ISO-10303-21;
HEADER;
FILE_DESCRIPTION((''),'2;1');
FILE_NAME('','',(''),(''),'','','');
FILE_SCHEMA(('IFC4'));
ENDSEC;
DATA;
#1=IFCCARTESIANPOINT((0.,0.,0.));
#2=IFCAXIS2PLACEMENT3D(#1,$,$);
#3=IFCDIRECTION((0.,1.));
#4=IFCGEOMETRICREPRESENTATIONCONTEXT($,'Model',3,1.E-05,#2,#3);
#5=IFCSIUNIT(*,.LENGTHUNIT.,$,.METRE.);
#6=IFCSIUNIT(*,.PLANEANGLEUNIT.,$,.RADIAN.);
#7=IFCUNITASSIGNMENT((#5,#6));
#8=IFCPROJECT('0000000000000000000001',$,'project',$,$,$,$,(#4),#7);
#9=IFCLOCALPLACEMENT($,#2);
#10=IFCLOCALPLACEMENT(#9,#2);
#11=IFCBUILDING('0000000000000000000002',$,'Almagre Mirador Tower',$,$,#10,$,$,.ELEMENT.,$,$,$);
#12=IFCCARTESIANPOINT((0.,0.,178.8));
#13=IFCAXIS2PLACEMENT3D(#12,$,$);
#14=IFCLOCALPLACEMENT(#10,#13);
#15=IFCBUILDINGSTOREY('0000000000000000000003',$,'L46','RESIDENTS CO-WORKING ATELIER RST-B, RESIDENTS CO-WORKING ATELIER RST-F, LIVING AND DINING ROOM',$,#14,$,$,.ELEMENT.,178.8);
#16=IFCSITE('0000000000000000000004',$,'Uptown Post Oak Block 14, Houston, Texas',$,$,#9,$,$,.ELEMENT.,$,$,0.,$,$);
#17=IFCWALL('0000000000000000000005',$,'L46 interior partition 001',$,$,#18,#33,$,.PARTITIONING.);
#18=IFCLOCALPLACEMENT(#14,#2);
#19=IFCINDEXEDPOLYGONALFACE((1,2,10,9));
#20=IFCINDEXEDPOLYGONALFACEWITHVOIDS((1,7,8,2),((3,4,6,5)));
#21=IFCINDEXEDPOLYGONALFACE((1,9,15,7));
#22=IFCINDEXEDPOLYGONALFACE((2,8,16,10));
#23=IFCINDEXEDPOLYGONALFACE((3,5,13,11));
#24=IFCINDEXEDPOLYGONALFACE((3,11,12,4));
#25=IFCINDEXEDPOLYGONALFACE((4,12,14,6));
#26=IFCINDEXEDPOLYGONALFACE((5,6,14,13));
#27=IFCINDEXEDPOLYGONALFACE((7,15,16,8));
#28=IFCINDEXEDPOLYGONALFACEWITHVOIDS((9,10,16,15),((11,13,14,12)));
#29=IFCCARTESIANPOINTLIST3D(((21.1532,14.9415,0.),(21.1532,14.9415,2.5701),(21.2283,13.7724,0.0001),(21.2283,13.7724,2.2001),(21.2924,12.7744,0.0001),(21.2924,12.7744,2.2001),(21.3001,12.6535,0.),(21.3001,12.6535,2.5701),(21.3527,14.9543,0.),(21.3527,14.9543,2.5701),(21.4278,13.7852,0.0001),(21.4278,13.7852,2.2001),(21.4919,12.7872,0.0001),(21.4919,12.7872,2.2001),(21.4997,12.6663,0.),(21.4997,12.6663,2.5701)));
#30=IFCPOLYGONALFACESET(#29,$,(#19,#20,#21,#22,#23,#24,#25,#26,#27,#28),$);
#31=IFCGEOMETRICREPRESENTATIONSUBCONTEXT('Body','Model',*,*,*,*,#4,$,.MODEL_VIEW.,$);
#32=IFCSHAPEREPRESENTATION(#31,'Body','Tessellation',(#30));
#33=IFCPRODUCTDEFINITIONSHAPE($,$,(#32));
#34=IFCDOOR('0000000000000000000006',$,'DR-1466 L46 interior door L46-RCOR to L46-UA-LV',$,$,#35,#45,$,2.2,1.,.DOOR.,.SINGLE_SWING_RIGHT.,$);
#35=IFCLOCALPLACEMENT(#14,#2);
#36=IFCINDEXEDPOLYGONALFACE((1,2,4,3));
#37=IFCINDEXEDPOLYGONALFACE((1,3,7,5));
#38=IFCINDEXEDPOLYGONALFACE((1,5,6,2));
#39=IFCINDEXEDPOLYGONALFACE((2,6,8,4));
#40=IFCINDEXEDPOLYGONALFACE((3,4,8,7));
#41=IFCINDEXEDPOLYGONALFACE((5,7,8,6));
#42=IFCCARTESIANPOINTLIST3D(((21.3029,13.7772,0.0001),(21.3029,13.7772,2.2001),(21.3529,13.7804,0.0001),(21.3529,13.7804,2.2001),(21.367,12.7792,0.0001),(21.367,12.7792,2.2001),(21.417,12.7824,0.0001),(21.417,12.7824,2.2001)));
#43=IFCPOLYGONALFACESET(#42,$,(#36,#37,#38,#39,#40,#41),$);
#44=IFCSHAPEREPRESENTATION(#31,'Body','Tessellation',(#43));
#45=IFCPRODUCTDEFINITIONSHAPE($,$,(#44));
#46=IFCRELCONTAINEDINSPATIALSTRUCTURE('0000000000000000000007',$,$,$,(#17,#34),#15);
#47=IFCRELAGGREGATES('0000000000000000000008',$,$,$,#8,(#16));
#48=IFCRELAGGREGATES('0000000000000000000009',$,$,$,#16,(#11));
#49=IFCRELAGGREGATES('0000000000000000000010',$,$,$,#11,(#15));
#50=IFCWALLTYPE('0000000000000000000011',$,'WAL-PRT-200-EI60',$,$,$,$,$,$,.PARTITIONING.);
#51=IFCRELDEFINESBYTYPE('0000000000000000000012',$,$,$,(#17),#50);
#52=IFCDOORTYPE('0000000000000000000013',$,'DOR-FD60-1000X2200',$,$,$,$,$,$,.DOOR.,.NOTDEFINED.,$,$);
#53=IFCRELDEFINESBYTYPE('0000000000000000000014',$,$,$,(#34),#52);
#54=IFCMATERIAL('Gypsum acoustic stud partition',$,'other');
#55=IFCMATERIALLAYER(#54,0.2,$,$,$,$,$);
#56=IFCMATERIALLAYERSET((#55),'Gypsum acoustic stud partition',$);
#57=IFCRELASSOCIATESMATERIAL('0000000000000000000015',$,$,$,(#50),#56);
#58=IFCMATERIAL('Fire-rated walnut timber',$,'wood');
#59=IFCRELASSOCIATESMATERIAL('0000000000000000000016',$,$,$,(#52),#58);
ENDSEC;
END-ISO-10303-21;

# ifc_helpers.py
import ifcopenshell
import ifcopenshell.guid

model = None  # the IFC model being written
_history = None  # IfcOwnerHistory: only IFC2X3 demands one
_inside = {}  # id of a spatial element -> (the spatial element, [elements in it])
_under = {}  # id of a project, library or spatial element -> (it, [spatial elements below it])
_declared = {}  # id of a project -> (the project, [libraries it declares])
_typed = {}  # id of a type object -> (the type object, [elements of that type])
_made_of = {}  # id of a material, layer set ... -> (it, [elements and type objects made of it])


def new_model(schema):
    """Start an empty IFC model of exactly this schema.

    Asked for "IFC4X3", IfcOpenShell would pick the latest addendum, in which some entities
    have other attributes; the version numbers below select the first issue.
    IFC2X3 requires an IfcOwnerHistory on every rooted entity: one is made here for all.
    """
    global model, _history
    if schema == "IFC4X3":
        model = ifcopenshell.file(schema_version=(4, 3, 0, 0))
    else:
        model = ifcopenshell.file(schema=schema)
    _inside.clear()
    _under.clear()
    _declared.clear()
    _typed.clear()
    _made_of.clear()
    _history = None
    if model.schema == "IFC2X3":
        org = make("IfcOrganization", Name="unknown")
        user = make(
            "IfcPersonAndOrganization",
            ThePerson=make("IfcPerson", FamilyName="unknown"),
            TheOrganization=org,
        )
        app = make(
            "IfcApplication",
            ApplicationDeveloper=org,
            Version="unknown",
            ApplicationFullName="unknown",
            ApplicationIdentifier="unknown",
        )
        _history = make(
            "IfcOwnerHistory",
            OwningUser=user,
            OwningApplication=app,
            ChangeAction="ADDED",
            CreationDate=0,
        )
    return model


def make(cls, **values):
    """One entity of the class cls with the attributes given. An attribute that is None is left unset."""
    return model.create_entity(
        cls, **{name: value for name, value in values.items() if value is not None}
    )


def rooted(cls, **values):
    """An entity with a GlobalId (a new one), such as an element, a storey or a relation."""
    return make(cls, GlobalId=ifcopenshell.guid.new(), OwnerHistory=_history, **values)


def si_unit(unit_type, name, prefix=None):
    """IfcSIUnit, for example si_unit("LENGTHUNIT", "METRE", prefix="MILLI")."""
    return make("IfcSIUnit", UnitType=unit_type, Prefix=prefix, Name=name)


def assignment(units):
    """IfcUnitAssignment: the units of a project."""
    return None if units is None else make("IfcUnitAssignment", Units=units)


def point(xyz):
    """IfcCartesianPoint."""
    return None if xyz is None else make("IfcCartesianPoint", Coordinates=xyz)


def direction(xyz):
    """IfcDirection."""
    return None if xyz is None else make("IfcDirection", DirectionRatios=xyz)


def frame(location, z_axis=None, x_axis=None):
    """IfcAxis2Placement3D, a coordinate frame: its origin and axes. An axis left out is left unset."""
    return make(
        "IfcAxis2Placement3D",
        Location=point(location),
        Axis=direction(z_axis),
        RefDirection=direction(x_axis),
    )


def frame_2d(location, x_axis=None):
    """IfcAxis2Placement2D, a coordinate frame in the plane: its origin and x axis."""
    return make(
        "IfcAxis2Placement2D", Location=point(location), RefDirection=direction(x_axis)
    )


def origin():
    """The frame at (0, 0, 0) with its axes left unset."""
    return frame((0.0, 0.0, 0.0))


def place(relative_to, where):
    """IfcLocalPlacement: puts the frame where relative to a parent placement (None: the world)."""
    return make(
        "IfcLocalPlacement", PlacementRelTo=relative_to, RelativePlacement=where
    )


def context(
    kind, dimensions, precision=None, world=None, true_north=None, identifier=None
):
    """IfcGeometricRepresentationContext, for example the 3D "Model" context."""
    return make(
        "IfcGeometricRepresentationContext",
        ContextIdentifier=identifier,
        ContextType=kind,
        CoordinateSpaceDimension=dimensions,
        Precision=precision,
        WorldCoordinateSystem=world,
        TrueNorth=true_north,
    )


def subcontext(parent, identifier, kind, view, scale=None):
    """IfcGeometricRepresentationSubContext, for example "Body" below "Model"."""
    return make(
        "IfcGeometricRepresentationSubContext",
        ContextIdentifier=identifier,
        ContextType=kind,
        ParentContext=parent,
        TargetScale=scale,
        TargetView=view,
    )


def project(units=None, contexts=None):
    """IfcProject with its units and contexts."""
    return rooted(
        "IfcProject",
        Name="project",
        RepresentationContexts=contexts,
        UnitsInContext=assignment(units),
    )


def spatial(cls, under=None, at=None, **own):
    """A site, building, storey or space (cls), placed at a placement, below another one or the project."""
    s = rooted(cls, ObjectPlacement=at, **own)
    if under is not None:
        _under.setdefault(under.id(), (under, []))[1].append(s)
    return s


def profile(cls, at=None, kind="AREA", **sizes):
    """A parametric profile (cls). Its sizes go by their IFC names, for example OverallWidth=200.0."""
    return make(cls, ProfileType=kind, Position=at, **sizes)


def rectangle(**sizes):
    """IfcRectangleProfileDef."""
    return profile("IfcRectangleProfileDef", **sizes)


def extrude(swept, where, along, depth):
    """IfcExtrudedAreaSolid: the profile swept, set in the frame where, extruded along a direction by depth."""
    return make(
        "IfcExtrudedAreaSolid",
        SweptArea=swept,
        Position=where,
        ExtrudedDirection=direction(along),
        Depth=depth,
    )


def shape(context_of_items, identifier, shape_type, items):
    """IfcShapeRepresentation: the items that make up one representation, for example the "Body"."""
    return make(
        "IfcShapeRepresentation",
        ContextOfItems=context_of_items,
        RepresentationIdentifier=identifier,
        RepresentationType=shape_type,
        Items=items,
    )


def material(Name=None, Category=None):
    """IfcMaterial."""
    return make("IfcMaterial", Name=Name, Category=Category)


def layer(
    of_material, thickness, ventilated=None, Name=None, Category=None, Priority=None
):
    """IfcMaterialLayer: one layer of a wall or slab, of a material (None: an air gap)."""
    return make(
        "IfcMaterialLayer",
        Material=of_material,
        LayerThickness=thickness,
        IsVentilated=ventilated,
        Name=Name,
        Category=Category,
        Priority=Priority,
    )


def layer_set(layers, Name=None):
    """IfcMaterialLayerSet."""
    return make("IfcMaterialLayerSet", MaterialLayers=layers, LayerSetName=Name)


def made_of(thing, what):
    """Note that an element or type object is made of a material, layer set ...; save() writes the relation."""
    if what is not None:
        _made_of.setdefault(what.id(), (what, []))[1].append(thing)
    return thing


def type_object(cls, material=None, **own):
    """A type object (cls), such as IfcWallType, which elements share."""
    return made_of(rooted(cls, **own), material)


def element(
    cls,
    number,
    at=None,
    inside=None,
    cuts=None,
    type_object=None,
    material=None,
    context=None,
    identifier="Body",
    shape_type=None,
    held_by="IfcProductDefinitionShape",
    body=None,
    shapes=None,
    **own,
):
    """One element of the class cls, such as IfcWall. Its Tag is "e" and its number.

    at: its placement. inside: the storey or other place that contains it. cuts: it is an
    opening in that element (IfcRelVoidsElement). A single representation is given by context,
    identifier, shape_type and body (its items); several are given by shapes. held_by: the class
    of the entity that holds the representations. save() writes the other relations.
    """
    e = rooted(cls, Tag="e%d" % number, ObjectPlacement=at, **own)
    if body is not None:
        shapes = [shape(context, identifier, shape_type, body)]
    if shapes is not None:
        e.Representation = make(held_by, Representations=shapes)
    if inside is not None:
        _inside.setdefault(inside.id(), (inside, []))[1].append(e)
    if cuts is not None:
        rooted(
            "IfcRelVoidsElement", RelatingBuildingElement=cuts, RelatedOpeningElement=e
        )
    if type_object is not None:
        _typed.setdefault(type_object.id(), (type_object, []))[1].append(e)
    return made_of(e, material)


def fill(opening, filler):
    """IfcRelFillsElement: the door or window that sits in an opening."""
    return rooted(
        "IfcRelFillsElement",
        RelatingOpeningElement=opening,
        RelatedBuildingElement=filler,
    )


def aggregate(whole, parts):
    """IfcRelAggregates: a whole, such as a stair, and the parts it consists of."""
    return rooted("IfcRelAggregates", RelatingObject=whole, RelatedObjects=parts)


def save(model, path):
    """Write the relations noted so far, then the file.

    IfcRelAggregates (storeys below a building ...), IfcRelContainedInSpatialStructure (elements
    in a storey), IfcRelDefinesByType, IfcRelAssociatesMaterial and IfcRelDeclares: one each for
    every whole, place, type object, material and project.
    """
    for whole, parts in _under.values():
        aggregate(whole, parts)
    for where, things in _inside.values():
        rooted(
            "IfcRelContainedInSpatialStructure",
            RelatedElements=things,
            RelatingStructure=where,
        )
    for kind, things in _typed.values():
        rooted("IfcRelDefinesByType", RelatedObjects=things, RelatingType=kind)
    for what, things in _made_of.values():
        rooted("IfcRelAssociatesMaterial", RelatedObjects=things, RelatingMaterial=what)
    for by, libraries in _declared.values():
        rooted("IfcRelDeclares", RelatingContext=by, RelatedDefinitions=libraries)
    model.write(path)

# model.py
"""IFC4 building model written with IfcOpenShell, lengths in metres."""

from ifc_helpers import new_model, si_unit, direction, frame, frame_2d, origin, place, context, subcontext, project, spatial, rectangle, extrude, material, layer, layer_set, type_object, element, fill, save


model = new_model("IFC4")

# Units and contexts
model_context = context("Model", 3, precision=1e-05, world=origin(), true_north=direction((0.0, 1.0)))
body_context = subcontext(model_context, "Body", "Model", "MODEL_VIEW")
ifc_project = project(units=[si_unit("LENGTHUNIT", "METRE"), si_unit("PLANEANGLEUNIT", "RADIAN")], contexts=[model_context])

# Site, building, storey
site_placement = place(None, origin())
site = spatial("IfcSite", under=ifc_project, at=site_placement, Name="Uptown Post Oak Block 14, Houston, Texas", CompositionType="ELEMENT", RefElevation=0.0)
building_placement = place(site_placement, origin())
building = spatial("IfcBuilding", under=site, at=building_placement, Name="Almagre Mirador Tower", CompositionType="ELEMENT")
storey_placement = place(building_placement, frame((0.0, 0.0, 178.8)))
storey = spatial("IfcBuildingStorey", under=building, at=storey_placement, Name="L46", Description="RESIDENTS CO-WORKING ATELIER RST-B, RESIDENTS CO-WORKING ATELIER RST-F, LIVING AND DINING ROOM", CompositionType="ELEMENT", Elevation=178.8)

# Shared definitions
ifc_material_1 = material(Name="Gypsum acoustic stud partition", Category="other")
ifc_layer_1 = layer(ifc_material_1, 0.2)
ifc_layer_set_1 = layer_set([ifc_layer_1], Name="Gypsum acoustic stud partition")
wall_type_1 = type_object("IfcWallType", Name="WAL-PRT-200-EI60", PredefinedType="PARTITIONING", material=ifc_layer_set_1)

# Wall, opening, door
wall_1_placement = place(storey_placement, frame((21.2529, 14.948, 0.0), z_axis=(0.0, 0.0, 1.0), x_axis=(0.064102, -0.997943, 0.0)))
wall_1 = element("IfcWall", 1, at=wall_1_placement, inside=storey, type_object=wall_type_1, Name="L46 interior partition 001", PredefinedType="PARTITIONING", context=body_context, shape_type="SweptSolid", body=[
    extrude(rectangle(XDim=2.2927, YDim=0.2, at=frame_2d((1.1465, 0.0))), origin(), (0.0, 0.0, 1.0), 2.5701),
])
opening_1_placement = place(wall_1_placement, frame((1.1716, 0.0, 0.0)))
opening_1 = element("IfcOpeningElement", 2, at=opening_1_placement, cuts=wall_1, PredefinedType="OPENING", context=body_context, shape_type="SweptSolid", body=[
    extrude(rectangle(XDim=1.0, YDim=2.2, at=frame_2d((0.5, 1.1001))), frame((0.0, 0.1101, 0.0), z_axis=(0.0, -1.0, 0.0), x_axis=(1.0, 0.0, 0.0)), (0.0, 0.0, 1.0), 0.22),
])
ifc_material_2 = material(Name="Fire-rated walnut timber", Category="wood")
door_type_1 = type_object("IfcDoorType", Name="DOR-FD60-1000X2200", OperationType="NOTDEFINED", PredefinedType="DOOR", material=ifc_material_2)
door_1_placement = place(opening_1_placement, origin())
door_1 = element("IfcDoor", 3, at=door_1_placement, inside=storey, type_object=door_type_1, Name="DR-1466 L46 interior door L46-RCOR to L46-UA-LV", OperationType="SINGLE_SWING_RIGHT", OverallHeight=2.2, OverallWidth=1.0, PredefinedType="DOOR", context=body_context, shape_type="SweptSolid", body=[
    extrude(rectangle(XDim=1.0, YDim=2.2, at=frame_2d((0.5, 1.1001))), frame((0.0, 0.0249, 0.0), z_axis=(0.0, -1.0, 0.0), x_axis=(1.0, 0.0, 0.0)), (0.0, 0.0, 1.0), 0.05),
])
fill(opening_1, door_1)

save(model, "model.ifc")
